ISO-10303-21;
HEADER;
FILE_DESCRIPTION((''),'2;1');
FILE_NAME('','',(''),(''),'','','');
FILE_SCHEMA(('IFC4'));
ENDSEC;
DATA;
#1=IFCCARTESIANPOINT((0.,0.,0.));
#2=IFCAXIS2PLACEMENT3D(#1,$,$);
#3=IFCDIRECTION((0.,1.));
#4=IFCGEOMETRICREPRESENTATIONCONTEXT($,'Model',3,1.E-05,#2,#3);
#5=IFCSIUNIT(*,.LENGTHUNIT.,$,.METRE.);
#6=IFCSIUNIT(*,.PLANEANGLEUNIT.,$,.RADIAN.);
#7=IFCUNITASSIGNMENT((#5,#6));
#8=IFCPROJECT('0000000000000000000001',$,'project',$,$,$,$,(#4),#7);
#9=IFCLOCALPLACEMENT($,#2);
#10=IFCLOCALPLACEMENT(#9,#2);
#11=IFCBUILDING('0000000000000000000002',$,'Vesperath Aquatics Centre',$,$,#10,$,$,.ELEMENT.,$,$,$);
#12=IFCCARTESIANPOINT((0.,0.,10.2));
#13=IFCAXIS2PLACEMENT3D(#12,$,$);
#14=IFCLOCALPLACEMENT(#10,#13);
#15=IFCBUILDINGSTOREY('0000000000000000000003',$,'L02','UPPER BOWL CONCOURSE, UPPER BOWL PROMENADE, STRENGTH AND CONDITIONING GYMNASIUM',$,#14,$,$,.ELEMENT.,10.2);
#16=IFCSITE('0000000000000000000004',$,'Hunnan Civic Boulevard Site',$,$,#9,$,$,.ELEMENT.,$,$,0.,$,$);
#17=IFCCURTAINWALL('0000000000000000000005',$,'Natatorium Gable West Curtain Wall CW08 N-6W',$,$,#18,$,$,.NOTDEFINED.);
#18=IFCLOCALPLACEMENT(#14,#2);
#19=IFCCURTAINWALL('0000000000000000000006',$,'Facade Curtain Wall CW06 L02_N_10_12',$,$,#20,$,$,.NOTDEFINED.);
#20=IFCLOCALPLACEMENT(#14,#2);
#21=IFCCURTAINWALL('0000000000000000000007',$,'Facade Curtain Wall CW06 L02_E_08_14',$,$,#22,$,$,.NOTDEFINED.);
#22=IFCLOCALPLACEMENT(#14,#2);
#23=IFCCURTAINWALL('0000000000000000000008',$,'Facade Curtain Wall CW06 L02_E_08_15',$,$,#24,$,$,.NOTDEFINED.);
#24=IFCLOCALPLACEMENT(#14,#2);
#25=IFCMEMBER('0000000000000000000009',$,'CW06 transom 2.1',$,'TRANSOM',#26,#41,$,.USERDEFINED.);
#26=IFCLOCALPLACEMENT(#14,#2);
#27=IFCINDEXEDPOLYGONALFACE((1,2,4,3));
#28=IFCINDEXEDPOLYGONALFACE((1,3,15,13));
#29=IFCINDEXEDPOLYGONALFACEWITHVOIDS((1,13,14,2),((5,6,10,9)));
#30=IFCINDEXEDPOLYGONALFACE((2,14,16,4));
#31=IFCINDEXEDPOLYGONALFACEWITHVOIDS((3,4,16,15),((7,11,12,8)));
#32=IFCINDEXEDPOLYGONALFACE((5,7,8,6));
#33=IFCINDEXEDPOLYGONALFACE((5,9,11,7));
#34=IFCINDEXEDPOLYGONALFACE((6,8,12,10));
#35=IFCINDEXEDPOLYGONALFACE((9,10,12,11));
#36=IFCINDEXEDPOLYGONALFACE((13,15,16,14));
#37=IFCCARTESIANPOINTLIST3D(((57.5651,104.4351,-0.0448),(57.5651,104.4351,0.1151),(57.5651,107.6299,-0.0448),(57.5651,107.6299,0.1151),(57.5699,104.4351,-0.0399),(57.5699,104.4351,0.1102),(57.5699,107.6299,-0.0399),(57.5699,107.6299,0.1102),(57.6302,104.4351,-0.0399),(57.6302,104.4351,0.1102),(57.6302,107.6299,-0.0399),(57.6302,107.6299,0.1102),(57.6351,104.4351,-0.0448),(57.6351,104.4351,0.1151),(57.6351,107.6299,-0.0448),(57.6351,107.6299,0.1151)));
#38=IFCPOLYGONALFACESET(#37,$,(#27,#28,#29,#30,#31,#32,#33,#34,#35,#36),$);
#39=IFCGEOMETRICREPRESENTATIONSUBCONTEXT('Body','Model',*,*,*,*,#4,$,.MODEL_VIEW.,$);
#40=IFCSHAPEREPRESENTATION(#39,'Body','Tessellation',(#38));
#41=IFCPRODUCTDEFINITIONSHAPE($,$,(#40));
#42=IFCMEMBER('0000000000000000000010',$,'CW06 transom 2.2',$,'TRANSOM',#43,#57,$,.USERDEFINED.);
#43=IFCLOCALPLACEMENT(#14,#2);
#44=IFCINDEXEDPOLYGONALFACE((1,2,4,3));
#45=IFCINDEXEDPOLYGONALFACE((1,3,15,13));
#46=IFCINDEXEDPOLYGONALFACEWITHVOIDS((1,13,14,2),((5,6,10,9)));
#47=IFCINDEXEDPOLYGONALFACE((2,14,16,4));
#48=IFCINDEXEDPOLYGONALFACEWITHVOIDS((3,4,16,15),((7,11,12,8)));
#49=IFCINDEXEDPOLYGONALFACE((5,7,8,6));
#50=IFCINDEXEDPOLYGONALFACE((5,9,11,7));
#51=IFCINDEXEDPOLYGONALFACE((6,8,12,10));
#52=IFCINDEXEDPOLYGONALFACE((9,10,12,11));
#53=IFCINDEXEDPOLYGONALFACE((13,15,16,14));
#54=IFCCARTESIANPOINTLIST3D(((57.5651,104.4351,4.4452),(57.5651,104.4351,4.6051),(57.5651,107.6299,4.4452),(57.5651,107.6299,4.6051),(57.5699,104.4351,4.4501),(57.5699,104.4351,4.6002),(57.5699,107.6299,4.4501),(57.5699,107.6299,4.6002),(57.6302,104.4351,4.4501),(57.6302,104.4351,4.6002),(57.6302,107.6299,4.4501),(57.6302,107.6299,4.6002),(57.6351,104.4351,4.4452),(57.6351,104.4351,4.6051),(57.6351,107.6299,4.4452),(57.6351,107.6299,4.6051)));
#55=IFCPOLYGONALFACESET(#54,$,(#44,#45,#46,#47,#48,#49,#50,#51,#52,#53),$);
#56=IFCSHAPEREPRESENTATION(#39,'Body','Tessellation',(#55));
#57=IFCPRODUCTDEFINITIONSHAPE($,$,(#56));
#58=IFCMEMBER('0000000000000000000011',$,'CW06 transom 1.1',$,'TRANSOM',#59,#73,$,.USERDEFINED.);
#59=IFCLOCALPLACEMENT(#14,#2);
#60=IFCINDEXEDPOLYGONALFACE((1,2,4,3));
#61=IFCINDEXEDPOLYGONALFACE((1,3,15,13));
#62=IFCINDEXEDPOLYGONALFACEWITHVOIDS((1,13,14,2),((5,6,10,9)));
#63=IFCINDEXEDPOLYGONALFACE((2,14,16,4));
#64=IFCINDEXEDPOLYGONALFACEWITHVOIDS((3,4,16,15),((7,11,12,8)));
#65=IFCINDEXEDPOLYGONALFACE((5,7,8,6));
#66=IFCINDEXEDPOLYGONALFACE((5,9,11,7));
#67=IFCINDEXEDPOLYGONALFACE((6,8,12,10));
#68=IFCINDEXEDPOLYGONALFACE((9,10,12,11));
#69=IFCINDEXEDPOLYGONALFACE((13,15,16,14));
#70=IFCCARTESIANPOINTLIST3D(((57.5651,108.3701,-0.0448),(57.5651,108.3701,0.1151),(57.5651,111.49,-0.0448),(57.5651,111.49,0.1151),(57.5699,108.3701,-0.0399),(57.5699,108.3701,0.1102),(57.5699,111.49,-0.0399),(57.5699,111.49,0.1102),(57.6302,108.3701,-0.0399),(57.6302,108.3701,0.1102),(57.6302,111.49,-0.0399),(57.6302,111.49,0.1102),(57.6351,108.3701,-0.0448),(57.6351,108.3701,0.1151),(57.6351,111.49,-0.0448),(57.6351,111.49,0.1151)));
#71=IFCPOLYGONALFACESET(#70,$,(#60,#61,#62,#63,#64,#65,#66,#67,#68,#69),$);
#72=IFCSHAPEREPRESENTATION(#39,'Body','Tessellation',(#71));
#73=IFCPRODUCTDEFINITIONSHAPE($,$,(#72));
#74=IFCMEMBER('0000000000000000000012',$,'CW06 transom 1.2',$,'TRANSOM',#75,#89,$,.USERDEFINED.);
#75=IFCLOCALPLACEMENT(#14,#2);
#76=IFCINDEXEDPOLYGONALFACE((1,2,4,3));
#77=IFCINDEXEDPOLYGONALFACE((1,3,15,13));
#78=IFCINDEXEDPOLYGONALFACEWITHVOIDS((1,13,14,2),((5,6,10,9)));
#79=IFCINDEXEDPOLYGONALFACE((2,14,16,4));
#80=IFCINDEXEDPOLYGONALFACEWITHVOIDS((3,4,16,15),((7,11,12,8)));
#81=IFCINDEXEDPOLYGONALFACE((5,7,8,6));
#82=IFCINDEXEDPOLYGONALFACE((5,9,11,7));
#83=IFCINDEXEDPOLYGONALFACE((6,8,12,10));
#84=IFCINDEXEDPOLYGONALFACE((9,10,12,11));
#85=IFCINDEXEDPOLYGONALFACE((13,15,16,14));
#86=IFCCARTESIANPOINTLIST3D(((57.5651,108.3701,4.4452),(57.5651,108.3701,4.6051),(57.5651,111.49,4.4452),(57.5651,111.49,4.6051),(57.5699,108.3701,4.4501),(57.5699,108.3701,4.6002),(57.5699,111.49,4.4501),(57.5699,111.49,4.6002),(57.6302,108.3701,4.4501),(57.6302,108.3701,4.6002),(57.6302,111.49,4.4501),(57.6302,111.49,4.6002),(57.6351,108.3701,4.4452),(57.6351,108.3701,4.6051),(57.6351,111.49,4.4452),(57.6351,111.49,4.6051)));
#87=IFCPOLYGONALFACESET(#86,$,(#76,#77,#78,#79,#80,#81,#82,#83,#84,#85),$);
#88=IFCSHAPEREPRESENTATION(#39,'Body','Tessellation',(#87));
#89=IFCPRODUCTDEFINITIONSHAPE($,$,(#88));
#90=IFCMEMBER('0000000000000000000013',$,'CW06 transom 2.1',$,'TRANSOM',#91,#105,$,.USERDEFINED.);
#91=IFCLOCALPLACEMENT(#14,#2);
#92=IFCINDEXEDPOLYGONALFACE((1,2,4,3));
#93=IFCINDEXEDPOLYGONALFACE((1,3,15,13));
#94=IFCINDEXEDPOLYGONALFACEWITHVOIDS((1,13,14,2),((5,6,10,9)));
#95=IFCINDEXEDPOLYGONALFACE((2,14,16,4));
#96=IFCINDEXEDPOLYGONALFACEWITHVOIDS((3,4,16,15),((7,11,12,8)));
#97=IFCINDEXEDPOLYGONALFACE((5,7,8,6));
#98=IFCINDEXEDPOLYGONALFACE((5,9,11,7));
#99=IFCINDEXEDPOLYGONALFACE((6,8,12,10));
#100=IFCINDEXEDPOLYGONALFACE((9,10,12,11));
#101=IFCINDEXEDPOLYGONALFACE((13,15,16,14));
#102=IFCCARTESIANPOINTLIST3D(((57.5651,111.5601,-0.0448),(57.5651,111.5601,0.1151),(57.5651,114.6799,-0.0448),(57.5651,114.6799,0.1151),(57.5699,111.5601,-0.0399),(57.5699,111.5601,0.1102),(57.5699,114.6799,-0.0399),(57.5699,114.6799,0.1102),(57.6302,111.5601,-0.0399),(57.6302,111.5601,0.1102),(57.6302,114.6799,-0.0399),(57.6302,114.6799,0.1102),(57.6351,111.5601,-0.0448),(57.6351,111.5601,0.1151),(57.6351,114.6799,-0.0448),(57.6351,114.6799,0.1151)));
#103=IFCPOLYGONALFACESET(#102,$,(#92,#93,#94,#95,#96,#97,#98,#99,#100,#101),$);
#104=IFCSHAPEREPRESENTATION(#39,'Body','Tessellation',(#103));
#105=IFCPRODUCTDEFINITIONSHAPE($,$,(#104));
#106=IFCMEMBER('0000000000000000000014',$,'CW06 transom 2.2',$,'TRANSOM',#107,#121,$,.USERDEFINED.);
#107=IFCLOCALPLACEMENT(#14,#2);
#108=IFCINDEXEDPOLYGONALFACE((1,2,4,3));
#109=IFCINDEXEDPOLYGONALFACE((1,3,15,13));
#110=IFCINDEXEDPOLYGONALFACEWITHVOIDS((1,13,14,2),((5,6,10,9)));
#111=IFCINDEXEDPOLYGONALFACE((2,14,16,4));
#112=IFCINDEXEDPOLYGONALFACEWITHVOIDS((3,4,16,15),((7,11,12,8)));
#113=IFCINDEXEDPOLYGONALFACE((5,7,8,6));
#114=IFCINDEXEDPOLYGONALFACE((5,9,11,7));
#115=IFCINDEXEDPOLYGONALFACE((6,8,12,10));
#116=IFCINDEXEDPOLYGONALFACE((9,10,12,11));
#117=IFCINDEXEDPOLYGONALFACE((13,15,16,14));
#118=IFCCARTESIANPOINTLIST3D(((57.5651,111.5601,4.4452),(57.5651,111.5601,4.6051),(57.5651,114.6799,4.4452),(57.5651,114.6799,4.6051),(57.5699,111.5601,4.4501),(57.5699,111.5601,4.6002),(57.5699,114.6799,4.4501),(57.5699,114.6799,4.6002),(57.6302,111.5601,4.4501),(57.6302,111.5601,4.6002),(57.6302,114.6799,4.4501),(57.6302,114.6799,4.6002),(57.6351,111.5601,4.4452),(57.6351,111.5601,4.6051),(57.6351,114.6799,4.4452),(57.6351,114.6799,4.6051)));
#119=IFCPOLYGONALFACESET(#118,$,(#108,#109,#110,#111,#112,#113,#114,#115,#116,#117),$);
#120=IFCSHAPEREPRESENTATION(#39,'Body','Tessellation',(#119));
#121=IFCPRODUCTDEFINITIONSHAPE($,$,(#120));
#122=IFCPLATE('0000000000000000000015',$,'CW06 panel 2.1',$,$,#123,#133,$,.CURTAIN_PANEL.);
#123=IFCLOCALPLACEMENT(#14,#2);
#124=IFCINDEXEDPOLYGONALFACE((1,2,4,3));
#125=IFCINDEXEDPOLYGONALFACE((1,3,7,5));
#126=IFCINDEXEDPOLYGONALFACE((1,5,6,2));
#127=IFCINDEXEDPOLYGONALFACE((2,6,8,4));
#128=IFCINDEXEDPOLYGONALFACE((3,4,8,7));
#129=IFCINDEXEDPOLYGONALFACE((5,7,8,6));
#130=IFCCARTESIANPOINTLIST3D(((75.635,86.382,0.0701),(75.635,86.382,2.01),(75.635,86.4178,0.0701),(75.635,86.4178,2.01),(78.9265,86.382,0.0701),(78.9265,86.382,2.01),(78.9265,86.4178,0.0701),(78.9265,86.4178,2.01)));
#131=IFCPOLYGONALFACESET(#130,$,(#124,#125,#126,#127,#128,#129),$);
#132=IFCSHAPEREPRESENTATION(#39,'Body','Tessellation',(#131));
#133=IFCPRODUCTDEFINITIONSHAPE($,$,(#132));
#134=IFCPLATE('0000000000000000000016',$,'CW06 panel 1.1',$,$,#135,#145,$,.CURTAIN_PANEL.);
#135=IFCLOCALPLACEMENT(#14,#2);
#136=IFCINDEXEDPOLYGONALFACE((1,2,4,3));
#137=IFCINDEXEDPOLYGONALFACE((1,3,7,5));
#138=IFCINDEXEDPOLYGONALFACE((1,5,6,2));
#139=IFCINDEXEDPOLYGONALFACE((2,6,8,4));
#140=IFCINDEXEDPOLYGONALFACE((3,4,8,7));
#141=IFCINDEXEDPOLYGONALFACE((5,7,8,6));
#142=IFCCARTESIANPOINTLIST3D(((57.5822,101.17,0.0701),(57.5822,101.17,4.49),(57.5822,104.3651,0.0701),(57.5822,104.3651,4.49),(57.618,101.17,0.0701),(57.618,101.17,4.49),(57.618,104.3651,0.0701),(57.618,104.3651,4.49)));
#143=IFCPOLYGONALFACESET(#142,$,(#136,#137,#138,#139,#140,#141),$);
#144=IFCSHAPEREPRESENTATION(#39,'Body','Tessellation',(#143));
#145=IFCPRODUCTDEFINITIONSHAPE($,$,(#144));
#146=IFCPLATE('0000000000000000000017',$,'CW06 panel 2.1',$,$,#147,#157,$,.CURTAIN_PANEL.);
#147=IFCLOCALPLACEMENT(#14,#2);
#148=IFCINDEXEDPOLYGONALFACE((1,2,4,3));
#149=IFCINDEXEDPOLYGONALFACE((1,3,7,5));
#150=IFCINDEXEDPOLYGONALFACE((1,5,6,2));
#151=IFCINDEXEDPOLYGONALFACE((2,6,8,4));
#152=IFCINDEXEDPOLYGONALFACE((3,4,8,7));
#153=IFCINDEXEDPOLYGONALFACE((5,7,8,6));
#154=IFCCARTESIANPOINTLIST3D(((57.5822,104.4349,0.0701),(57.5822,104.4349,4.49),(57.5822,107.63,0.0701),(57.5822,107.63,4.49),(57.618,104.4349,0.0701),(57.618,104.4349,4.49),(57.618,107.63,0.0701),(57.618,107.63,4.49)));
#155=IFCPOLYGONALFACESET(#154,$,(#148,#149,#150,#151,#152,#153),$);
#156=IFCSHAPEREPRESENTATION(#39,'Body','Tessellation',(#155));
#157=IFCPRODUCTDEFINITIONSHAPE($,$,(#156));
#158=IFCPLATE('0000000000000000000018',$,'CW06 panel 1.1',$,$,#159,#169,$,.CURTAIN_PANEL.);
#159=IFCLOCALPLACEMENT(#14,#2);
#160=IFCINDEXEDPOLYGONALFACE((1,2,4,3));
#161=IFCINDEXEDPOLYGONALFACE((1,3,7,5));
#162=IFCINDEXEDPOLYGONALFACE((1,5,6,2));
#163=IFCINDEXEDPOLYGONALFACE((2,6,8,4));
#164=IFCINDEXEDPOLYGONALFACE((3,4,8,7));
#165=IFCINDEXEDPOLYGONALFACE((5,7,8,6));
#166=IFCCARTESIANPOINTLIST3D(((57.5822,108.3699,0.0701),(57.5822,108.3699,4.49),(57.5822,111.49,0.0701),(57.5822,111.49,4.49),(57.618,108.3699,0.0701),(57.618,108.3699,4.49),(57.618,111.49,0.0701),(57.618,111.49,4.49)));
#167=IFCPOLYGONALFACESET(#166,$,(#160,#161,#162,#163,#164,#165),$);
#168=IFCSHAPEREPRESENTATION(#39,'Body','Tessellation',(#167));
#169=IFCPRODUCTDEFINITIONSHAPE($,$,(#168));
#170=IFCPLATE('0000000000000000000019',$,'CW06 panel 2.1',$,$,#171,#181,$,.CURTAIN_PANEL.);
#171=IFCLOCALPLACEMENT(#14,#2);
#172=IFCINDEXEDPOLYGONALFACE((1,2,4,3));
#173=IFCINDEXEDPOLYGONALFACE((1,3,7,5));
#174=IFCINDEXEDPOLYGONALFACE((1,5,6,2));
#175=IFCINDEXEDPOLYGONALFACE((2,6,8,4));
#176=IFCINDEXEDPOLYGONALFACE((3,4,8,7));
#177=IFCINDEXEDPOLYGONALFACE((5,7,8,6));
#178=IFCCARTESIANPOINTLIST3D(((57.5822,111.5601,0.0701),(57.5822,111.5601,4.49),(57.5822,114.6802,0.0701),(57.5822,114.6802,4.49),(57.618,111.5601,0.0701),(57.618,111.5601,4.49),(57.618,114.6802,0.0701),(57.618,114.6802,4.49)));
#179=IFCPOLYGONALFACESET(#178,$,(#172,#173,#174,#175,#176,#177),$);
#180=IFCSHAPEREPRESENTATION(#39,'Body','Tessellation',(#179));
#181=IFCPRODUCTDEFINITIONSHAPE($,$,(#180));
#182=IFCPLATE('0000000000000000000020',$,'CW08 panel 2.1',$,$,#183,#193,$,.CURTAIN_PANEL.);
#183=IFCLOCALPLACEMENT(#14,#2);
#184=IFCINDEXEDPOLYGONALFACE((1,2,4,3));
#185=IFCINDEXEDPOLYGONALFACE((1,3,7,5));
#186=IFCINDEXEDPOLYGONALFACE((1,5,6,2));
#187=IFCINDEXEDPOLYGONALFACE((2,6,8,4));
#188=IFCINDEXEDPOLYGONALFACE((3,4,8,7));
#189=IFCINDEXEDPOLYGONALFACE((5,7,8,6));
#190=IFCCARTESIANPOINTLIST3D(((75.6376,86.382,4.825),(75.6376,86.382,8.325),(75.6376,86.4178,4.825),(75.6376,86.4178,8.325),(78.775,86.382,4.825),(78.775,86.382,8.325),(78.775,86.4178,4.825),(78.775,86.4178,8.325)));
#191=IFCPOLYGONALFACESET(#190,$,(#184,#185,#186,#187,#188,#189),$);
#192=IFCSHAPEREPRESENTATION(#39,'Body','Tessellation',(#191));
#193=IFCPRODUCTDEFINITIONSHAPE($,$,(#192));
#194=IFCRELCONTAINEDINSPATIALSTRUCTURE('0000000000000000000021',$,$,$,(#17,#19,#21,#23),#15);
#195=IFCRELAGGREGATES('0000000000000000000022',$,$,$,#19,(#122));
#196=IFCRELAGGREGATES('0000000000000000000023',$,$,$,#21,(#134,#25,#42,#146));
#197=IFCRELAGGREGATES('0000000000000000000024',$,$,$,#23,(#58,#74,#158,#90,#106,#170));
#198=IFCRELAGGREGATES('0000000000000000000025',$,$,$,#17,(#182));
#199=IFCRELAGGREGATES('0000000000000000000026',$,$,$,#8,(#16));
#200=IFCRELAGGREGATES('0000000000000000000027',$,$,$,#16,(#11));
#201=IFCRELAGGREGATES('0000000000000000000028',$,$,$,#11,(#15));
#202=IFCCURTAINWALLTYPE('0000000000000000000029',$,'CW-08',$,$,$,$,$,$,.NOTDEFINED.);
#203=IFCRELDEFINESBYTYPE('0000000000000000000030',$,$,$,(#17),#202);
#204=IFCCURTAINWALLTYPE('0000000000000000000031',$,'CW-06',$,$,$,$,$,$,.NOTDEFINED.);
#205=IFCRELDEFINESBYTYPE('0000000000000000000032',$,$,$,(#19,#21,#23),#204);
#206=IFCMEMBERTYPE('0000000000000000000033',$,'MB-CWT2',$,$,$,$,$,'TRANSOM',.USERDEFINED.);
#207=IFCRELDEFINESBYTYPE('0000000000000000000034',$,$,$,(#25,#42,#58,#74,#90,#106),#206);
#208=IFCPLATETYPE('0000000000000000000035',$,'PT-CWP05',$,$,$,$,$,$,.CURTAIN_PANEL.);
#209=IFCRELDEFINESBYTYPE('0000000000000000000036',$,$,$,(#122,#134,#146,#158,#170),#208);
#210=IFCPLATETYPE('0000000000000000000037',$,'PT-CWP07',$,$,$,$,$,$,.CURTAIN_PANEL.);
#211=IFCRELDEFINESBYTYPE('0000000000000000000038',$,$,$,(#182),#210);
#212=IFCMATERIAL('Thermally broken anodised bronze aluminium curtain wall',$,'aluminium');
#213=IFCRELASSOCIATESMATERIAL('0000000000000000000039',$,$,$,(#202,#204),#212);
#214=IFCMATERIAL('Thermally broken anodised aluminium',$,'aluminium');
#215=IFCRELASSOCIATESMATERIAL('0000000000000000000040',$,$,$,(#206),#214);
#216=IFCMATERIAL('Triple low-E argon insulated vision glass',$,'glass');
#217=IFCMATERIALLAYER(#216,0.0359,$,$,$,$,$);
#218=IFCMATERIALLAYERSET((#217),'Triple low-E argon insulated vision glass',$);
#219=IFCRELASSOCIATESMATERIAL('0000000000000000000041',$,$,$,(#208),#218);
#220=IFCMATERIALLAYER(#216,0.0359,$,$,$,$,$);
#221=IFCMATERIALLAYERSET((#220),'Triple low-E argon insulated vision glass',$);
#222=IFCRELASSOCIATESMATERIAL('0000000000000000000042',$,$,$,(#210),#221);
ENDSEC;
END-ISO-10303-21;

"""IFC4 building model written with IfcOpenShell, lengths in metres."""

from ifc_helpers import new_model, si_unit, direction, frame, origin, origin_2d, place, context, subcontext, project, spatial, rectangle, hollow_rectangle, extrude, material, layer, layer_set, material_profile, profile_set, type_object, element, aggregate, save


model = new_model("IFC4")

# Units and contexts
model_context = context("Model", 3, precision=1e-05, world=origin(), true_north=direction((0.0, 1.0)))
body_context = subcontext(model_context, "Body", "Model", "MODEL_VIEW")
ifc_project = project(units=[si_unit("LENGTHUNIT", "METRE"), si_unit("PLANEANGLEUNIT", "RADIAN")], contexts=[model_context])

# Site, building, storey
site_placement = place(None, origin())
site = spatial("IfcSite", under=ifc_project, at=site_placement, Name="Hunnan Civic Boulevard Site", CompositionType="ELEMENT", RefElevation=0.0)
building_placement = place(site_placement, origin())
building = spatial("IfcBuilding", under=site, at=building_placement, Name="Vesperath Aquatics Centre", CompositionType="ELEMENT")
storey_placement = place(building_placement, frame((0.0, 0.0, 10.2)))
storey = spatial("IfcBuildingStorey", under=building, at=storey_placement, Name="L02", Description="UPPER BOWL CONCOURSE, UPPER BOWL PROMENADE, STRENGTH AND CONDITIONING GYMNASIUM", CompositionType="ELEMENT", Elevation=10.2)

# Curtain walls
ifc_material_1 = material(Name="Thermally broken anodised bronze aluminium curtain wall", Category="aluminium")
curtain_wall_type_1 = type_object("IfcCurtainWallType", Name="CW-08", PredefinedType="NOTDEFINED", material=ifc_material_1)
curtain_wall_1_placement = place(storey_placement, origin())
curtain_wall_1 = element("IfcCurtainWall", 1, at=curtain_wall_1_placement, inside=storey, type_object=curtain_wall_type_1, Name="Natatorium Gable West Curtain Wall CW08 N-6W", PredefinedType="NOTDEFINED")
ifc_material_2 = material(Name="Thermally broken anodised aluminium", Category="aluminium")
curtain_wall_type_2 = type_object("IfcCurtainWallType", Name="CW-06", PredefinedType="NOTDEFINED", material=ifc_material_1)
curtain_wall_2_placement = place(storey_placement, origin())
curtain_wall_2 = element("IfcCurtainWall", 2, at=curtain_wall_2_placement, inside=storey, type_object=curtain_wall_type_2, Name="Facade Curtain Wall CW06 L02_N_10_12", PredefinedType="NOTDEFINED")

# Curtain walls
curtain_wall_3_placement = place(storey_placement, origin())
curtain_wall_3 = element("IfcCurtainWall", 3, at=curtain_wall_3_placement, inside=storey, type_object=curtain_wall_type_2, Name="Facade Curtain Wall CW06 L02_E_08_14", PredefinedType="NOTDEFINED")
curtain_wall_4_placement = place(storey_placement, origin())
curtain_wall_4 = element("IfcCurtainWall", 4, at=curtain_wall_4_placement, inside=storey, type_object=curtain_wall_type_2, Name="Facade Curtain Wall CW06 L02_E_08_15", PredefinedType="NOTDEFINED")

# Members
ifc_material_profile_1 = material_profile(ifc_material_2, hollow_rectangle(XDim=0.0701, YDim=0.1599, WallThickness=0.0049, at=origin_2d()), Name="CWT 70x160x5")
ifc_profile_set_1 = profile_set([ifc_material_profile_1], Name="Thermally broken anodised aluminium")
member_type_1 = type_object("IfcMemberType", Name="MB-CWT2", ElementType="TRANSOM", PredefinedType="USERDEFINED", material=ifc_profile_set_1)
member_1_placement = place(storey_placement, frame((57.6001, 104.4351, 0.0352), z_axis=(0.0, 1.0, 0.0), x_axis=(-1.0, 0.0, 0.0)))
member_1 = element("IfcMember", 5, at=member_1_placement, type_object=member_type_1, Name="CW06 transom 2.1", ObjectType="TRANSOM", PredefinedType="USERDEFINED", context=body_context, shape_type="SweptSolid", body=[
    extrude(hollow_rectangle(XDim=0.0701, YDim=0.1599, WallThickness=0.0049, at=origin_2d()), origin(), (0.0, 0.0, 1.0), 3.1948),
])
member_2_placement = place(storey_placement, frame((57.6001, 104.4351, 4.5251), z_axis=(0.0, 1.0, 0.0), x_axis=(-1.0, 0.0, 0.0)))
member_2 = element("IfcMember", 6, at=member_2_placement, type_object=member_type_1, Name="CW06 transom 2.2", ObjectType="TRANSOM", PredefinedType="USERDEFINED", context=body_context, shape_type="SweptSolid", body=[
    extrude(hollow_rectangle(XDim=0.0701, YDim=0.1599, WallThickness=0.0049, at=origin_2d()), origin(), (0.0, 0.0, 1.0), 3.1948),
])
member_3_placement = place(storey_placement, frame((57.6001, 108.3701, 0.0352), z_axis=(0.0, 1.0, 0.0), x_axis=(-1.0, 0.0, 0.0)))
member_3 = element("IfcMember", 7, at=member_3_placement, type_object=member_type_1, Name="CW06 transom 1.1", ObjectType="TRANSOM", PredefinedType="USERDEFINED", context=body_context, shape_type="SweptSolid", body=[
    extrude(hollow_rectangle(XDim=0.0701, YDim=0.1599, WallThickness=0.0049, at=origin_2d()), origin(), (0.0, 0.0, 1.0), 3.1199),
])
member_4_placement = place(storey_placement, frame((57.6001, 108.3701, 4.5251), z_axis=(0.0, 1.0, 0.0), x_axis=(-1.0, 0.0, 0.0)))
member_4 = element("IfcMember", 8, at=member_4_placement, type_object=member_type_1, Name="CW06 transom 1.2", ObjectType="TRANSOM", PredefinedType="USERDEFINED", context=body_context, shape_type="SweptSolid", body=[
    extrude(hollow_rectangle(XDim=0.0701, YDim=0.1599, WallThickness=0.0049, at=origin_2d()), origin(), (0.0, 0.0, 1.0), 3.1199),
])
member_5_placement = place(storey_placement, frame((57.6001, 111.5601, 0.0352), z_axis=(0.0, 1.0, 0.0), x_axis=(-1.0, 0.0, 0.0)))
member_5 = element("IfcMember", 9, at=member_5_placement, type_object=member_type_1, Name="CW06 transom 2.1", ObjectType="TRANSOM", PredefinedType="USERDEFINED", context=body_context, shape_type="SweptSolid", body=[
    extrude(hollow_rectangle(XDim=0.0701, YDim=0.1599, WallThickness=0.0049, at=origin_2d()), origin(), (0.0, 0.0, 1.0), 3.1199),
])
member_6_placement = place(storey_placement, frame((57.6001, 111.5601, 4.5251), z_axis=(0.0, 1.0, 0.0), x_axis=(-1.0, 0.0, 0.0)))
member_6 = element("IfcMember", 10, at=member_6_placement, type_object=member_type_1, Name="CW06 transom 2.2", ObjectType="TRANSOM", PredefinedType="USERDEFINED", context=body_context, shape_type="SweptSolid", body=[
    extrude(hollow_rectangle(XDim=0.0701, YDim=0.1599, WallThickness=0.0049, at=origin_2d()), origin(), (0.0, 0.0, 1.0), 3.1199),
])

# Plates
ifc_material_3 = material(Name="Triple low-E argon insulated vision glass", Category="glass")
ifc_layer_1 = layer(ifc_material_3, 0.0359)
ifc_layer_set_1 = layer_set([ifc_layer_1], Name="Triple low-E argon insulated vision glass")
plate_type_1 = type_object("IfcPlateType", Name="PT-CWP05", PredefinedType="CURTAIN_PANEL", material=ifc_layer_set_1)
plate_1_placement = place(storey_placement, frame((77.2808, 86.3999, 0.0701), z_axis=(0.0, 0.0, 1.0), x_axis=(1.0, 0.0, 0.0)))
plate_1 = element("IfcPlate", 11, at=plate_1_placement, type_object=plate_type_1, Name="CW06 panel 2.1", PredefinedType="CURTAIN_PANEL", context=body_context, shape_type="SweptSolid", body=[
    extrude(rectangle(XDim=3.2915, YDim=0.0359, at=origin_2d()), origin(), (0.0, 0.0, 1.0), 1.9399),
])
aggregate(curtain_wall_2, [plate_1])
plate_2_placement = place(storey_placement, frame((57.6001, 102.7676, 0.0701), z_axis=(0.0, 0.0, 1.0), x_axis=(0.0, 1.0, 0.0)))
plate_2 = element("IfcPlate", 12, at=plate_2_placement, type_object=plate_type_1, Name="CW06 panel 1.1", PredefinedType="CURTAIN_PANEL", context=body_context, shape_type="SweptSolid", body=[
    extrude(rectangle(XDim=3.1951, YDim=0.0359, at=origin_2d()), origin(), (0.0, 0.0, 1.0), 4.4199),
])
plate_3_placement = place(storey_placement, frame((57.6001, 106.0325, 0.0701), z_axis=(0.0, 0.0, 1.0), x_axis=(0.0, 1.0, 0.0)))
plate_3 = element("IfcPlate", 13, at=plate_3_placement, type_object=plate_type_1, Name="CW06 panel 2.1", PredefinedType="CURTAIN_PANEL", context=body_context, shape_type="SweptSolid", body=[
    extrude(rectangle(XDim=3.1951, YDim=0.0359, at=origin_2d()), origin(), (0.0, 0.0, 1.0), 4.4199),
])
aggregate(curtain_wall_3, [plate_2, member_1, member_2, plate_3])
plate_4_placement = place(storey_placement, frame((57.6001, 109.9299, 0.0701), z_axis=(0.0, 0.0, 1.0), x_axis=(0.0, 1.0, 0.0)))
plate_4 = element("IfcPlate", 14, at=plate_4_placement, type_object=plate_type_1, Name="CW06 panel 1.1", PredefinedType="CURTAIN_PANEL", context=body_context, shape_type="SweptSolid", body=[
    extrude(rectangle(XDim=3.1201, YDim=0.0359, at=origin_2d()), origin(), (0.0, 0.0, 1.0), 4.4199),
])
plate_5_placement = place(storey_placement, frame((57.6001, 113.1201, 0.0701), z_axis=(0.0, 0.0, 1.0), x_axis=(0.0, 1.0, 0.0)))
plate_5 = element("IfcPlate", 15, at=plate_5_placement, type_object=plate_type_1, Name="CW06 panel 2.1", PredefinedType="CURTAIN_PANEL", context=body_context, shape_type="SweptSolid", body=[
    extrude(rectangle(XDim=3.1201, YDim=0.0359, at=origin_2d()), origin(), (0.0, 0.0, 1.0), 4.4199),
])
aggregate(curtain_wall_4, [member_3, member_4, plate_4, member_5, member_6, plate_5])
ifc_layer_2 = layer(ifc_material_3, 0.0359)
ifc_layer_set_2 = layer_set([ifc_layer_2], Name="Triple low-E argon insulated vision glass")
plate_type_2 = type_object("IfcPlateType", Name="PT-CWP07", PredefinedType="CURTAIN_PANEL", material=ifc_layer_set_2)
plate_6_placement = place(storey_placement, frame((77.2063, 86.3999, 4.825), z_axis=(0.0, 0.0, 1.0), x_axis=(1.0, 0.0, 0.0)))
plate_6 = element("IfcPlate", 16, at=plate_6_placement, type_object=plate_type_2, Name="CW08 panel 2.1", PredefinedType="CURTAIN_PANEL", context=body_context, shape_type="SweptSolid", body=[
    extrude(rectangle(XDim=3.1375, YDim=0.0359, at=origin_2d()), origin(), (0.0, 0.0, 1.0), 3.5),
])
aggregate(curtain_wall_1, [plate_6])

save(model, "model.ifc")
